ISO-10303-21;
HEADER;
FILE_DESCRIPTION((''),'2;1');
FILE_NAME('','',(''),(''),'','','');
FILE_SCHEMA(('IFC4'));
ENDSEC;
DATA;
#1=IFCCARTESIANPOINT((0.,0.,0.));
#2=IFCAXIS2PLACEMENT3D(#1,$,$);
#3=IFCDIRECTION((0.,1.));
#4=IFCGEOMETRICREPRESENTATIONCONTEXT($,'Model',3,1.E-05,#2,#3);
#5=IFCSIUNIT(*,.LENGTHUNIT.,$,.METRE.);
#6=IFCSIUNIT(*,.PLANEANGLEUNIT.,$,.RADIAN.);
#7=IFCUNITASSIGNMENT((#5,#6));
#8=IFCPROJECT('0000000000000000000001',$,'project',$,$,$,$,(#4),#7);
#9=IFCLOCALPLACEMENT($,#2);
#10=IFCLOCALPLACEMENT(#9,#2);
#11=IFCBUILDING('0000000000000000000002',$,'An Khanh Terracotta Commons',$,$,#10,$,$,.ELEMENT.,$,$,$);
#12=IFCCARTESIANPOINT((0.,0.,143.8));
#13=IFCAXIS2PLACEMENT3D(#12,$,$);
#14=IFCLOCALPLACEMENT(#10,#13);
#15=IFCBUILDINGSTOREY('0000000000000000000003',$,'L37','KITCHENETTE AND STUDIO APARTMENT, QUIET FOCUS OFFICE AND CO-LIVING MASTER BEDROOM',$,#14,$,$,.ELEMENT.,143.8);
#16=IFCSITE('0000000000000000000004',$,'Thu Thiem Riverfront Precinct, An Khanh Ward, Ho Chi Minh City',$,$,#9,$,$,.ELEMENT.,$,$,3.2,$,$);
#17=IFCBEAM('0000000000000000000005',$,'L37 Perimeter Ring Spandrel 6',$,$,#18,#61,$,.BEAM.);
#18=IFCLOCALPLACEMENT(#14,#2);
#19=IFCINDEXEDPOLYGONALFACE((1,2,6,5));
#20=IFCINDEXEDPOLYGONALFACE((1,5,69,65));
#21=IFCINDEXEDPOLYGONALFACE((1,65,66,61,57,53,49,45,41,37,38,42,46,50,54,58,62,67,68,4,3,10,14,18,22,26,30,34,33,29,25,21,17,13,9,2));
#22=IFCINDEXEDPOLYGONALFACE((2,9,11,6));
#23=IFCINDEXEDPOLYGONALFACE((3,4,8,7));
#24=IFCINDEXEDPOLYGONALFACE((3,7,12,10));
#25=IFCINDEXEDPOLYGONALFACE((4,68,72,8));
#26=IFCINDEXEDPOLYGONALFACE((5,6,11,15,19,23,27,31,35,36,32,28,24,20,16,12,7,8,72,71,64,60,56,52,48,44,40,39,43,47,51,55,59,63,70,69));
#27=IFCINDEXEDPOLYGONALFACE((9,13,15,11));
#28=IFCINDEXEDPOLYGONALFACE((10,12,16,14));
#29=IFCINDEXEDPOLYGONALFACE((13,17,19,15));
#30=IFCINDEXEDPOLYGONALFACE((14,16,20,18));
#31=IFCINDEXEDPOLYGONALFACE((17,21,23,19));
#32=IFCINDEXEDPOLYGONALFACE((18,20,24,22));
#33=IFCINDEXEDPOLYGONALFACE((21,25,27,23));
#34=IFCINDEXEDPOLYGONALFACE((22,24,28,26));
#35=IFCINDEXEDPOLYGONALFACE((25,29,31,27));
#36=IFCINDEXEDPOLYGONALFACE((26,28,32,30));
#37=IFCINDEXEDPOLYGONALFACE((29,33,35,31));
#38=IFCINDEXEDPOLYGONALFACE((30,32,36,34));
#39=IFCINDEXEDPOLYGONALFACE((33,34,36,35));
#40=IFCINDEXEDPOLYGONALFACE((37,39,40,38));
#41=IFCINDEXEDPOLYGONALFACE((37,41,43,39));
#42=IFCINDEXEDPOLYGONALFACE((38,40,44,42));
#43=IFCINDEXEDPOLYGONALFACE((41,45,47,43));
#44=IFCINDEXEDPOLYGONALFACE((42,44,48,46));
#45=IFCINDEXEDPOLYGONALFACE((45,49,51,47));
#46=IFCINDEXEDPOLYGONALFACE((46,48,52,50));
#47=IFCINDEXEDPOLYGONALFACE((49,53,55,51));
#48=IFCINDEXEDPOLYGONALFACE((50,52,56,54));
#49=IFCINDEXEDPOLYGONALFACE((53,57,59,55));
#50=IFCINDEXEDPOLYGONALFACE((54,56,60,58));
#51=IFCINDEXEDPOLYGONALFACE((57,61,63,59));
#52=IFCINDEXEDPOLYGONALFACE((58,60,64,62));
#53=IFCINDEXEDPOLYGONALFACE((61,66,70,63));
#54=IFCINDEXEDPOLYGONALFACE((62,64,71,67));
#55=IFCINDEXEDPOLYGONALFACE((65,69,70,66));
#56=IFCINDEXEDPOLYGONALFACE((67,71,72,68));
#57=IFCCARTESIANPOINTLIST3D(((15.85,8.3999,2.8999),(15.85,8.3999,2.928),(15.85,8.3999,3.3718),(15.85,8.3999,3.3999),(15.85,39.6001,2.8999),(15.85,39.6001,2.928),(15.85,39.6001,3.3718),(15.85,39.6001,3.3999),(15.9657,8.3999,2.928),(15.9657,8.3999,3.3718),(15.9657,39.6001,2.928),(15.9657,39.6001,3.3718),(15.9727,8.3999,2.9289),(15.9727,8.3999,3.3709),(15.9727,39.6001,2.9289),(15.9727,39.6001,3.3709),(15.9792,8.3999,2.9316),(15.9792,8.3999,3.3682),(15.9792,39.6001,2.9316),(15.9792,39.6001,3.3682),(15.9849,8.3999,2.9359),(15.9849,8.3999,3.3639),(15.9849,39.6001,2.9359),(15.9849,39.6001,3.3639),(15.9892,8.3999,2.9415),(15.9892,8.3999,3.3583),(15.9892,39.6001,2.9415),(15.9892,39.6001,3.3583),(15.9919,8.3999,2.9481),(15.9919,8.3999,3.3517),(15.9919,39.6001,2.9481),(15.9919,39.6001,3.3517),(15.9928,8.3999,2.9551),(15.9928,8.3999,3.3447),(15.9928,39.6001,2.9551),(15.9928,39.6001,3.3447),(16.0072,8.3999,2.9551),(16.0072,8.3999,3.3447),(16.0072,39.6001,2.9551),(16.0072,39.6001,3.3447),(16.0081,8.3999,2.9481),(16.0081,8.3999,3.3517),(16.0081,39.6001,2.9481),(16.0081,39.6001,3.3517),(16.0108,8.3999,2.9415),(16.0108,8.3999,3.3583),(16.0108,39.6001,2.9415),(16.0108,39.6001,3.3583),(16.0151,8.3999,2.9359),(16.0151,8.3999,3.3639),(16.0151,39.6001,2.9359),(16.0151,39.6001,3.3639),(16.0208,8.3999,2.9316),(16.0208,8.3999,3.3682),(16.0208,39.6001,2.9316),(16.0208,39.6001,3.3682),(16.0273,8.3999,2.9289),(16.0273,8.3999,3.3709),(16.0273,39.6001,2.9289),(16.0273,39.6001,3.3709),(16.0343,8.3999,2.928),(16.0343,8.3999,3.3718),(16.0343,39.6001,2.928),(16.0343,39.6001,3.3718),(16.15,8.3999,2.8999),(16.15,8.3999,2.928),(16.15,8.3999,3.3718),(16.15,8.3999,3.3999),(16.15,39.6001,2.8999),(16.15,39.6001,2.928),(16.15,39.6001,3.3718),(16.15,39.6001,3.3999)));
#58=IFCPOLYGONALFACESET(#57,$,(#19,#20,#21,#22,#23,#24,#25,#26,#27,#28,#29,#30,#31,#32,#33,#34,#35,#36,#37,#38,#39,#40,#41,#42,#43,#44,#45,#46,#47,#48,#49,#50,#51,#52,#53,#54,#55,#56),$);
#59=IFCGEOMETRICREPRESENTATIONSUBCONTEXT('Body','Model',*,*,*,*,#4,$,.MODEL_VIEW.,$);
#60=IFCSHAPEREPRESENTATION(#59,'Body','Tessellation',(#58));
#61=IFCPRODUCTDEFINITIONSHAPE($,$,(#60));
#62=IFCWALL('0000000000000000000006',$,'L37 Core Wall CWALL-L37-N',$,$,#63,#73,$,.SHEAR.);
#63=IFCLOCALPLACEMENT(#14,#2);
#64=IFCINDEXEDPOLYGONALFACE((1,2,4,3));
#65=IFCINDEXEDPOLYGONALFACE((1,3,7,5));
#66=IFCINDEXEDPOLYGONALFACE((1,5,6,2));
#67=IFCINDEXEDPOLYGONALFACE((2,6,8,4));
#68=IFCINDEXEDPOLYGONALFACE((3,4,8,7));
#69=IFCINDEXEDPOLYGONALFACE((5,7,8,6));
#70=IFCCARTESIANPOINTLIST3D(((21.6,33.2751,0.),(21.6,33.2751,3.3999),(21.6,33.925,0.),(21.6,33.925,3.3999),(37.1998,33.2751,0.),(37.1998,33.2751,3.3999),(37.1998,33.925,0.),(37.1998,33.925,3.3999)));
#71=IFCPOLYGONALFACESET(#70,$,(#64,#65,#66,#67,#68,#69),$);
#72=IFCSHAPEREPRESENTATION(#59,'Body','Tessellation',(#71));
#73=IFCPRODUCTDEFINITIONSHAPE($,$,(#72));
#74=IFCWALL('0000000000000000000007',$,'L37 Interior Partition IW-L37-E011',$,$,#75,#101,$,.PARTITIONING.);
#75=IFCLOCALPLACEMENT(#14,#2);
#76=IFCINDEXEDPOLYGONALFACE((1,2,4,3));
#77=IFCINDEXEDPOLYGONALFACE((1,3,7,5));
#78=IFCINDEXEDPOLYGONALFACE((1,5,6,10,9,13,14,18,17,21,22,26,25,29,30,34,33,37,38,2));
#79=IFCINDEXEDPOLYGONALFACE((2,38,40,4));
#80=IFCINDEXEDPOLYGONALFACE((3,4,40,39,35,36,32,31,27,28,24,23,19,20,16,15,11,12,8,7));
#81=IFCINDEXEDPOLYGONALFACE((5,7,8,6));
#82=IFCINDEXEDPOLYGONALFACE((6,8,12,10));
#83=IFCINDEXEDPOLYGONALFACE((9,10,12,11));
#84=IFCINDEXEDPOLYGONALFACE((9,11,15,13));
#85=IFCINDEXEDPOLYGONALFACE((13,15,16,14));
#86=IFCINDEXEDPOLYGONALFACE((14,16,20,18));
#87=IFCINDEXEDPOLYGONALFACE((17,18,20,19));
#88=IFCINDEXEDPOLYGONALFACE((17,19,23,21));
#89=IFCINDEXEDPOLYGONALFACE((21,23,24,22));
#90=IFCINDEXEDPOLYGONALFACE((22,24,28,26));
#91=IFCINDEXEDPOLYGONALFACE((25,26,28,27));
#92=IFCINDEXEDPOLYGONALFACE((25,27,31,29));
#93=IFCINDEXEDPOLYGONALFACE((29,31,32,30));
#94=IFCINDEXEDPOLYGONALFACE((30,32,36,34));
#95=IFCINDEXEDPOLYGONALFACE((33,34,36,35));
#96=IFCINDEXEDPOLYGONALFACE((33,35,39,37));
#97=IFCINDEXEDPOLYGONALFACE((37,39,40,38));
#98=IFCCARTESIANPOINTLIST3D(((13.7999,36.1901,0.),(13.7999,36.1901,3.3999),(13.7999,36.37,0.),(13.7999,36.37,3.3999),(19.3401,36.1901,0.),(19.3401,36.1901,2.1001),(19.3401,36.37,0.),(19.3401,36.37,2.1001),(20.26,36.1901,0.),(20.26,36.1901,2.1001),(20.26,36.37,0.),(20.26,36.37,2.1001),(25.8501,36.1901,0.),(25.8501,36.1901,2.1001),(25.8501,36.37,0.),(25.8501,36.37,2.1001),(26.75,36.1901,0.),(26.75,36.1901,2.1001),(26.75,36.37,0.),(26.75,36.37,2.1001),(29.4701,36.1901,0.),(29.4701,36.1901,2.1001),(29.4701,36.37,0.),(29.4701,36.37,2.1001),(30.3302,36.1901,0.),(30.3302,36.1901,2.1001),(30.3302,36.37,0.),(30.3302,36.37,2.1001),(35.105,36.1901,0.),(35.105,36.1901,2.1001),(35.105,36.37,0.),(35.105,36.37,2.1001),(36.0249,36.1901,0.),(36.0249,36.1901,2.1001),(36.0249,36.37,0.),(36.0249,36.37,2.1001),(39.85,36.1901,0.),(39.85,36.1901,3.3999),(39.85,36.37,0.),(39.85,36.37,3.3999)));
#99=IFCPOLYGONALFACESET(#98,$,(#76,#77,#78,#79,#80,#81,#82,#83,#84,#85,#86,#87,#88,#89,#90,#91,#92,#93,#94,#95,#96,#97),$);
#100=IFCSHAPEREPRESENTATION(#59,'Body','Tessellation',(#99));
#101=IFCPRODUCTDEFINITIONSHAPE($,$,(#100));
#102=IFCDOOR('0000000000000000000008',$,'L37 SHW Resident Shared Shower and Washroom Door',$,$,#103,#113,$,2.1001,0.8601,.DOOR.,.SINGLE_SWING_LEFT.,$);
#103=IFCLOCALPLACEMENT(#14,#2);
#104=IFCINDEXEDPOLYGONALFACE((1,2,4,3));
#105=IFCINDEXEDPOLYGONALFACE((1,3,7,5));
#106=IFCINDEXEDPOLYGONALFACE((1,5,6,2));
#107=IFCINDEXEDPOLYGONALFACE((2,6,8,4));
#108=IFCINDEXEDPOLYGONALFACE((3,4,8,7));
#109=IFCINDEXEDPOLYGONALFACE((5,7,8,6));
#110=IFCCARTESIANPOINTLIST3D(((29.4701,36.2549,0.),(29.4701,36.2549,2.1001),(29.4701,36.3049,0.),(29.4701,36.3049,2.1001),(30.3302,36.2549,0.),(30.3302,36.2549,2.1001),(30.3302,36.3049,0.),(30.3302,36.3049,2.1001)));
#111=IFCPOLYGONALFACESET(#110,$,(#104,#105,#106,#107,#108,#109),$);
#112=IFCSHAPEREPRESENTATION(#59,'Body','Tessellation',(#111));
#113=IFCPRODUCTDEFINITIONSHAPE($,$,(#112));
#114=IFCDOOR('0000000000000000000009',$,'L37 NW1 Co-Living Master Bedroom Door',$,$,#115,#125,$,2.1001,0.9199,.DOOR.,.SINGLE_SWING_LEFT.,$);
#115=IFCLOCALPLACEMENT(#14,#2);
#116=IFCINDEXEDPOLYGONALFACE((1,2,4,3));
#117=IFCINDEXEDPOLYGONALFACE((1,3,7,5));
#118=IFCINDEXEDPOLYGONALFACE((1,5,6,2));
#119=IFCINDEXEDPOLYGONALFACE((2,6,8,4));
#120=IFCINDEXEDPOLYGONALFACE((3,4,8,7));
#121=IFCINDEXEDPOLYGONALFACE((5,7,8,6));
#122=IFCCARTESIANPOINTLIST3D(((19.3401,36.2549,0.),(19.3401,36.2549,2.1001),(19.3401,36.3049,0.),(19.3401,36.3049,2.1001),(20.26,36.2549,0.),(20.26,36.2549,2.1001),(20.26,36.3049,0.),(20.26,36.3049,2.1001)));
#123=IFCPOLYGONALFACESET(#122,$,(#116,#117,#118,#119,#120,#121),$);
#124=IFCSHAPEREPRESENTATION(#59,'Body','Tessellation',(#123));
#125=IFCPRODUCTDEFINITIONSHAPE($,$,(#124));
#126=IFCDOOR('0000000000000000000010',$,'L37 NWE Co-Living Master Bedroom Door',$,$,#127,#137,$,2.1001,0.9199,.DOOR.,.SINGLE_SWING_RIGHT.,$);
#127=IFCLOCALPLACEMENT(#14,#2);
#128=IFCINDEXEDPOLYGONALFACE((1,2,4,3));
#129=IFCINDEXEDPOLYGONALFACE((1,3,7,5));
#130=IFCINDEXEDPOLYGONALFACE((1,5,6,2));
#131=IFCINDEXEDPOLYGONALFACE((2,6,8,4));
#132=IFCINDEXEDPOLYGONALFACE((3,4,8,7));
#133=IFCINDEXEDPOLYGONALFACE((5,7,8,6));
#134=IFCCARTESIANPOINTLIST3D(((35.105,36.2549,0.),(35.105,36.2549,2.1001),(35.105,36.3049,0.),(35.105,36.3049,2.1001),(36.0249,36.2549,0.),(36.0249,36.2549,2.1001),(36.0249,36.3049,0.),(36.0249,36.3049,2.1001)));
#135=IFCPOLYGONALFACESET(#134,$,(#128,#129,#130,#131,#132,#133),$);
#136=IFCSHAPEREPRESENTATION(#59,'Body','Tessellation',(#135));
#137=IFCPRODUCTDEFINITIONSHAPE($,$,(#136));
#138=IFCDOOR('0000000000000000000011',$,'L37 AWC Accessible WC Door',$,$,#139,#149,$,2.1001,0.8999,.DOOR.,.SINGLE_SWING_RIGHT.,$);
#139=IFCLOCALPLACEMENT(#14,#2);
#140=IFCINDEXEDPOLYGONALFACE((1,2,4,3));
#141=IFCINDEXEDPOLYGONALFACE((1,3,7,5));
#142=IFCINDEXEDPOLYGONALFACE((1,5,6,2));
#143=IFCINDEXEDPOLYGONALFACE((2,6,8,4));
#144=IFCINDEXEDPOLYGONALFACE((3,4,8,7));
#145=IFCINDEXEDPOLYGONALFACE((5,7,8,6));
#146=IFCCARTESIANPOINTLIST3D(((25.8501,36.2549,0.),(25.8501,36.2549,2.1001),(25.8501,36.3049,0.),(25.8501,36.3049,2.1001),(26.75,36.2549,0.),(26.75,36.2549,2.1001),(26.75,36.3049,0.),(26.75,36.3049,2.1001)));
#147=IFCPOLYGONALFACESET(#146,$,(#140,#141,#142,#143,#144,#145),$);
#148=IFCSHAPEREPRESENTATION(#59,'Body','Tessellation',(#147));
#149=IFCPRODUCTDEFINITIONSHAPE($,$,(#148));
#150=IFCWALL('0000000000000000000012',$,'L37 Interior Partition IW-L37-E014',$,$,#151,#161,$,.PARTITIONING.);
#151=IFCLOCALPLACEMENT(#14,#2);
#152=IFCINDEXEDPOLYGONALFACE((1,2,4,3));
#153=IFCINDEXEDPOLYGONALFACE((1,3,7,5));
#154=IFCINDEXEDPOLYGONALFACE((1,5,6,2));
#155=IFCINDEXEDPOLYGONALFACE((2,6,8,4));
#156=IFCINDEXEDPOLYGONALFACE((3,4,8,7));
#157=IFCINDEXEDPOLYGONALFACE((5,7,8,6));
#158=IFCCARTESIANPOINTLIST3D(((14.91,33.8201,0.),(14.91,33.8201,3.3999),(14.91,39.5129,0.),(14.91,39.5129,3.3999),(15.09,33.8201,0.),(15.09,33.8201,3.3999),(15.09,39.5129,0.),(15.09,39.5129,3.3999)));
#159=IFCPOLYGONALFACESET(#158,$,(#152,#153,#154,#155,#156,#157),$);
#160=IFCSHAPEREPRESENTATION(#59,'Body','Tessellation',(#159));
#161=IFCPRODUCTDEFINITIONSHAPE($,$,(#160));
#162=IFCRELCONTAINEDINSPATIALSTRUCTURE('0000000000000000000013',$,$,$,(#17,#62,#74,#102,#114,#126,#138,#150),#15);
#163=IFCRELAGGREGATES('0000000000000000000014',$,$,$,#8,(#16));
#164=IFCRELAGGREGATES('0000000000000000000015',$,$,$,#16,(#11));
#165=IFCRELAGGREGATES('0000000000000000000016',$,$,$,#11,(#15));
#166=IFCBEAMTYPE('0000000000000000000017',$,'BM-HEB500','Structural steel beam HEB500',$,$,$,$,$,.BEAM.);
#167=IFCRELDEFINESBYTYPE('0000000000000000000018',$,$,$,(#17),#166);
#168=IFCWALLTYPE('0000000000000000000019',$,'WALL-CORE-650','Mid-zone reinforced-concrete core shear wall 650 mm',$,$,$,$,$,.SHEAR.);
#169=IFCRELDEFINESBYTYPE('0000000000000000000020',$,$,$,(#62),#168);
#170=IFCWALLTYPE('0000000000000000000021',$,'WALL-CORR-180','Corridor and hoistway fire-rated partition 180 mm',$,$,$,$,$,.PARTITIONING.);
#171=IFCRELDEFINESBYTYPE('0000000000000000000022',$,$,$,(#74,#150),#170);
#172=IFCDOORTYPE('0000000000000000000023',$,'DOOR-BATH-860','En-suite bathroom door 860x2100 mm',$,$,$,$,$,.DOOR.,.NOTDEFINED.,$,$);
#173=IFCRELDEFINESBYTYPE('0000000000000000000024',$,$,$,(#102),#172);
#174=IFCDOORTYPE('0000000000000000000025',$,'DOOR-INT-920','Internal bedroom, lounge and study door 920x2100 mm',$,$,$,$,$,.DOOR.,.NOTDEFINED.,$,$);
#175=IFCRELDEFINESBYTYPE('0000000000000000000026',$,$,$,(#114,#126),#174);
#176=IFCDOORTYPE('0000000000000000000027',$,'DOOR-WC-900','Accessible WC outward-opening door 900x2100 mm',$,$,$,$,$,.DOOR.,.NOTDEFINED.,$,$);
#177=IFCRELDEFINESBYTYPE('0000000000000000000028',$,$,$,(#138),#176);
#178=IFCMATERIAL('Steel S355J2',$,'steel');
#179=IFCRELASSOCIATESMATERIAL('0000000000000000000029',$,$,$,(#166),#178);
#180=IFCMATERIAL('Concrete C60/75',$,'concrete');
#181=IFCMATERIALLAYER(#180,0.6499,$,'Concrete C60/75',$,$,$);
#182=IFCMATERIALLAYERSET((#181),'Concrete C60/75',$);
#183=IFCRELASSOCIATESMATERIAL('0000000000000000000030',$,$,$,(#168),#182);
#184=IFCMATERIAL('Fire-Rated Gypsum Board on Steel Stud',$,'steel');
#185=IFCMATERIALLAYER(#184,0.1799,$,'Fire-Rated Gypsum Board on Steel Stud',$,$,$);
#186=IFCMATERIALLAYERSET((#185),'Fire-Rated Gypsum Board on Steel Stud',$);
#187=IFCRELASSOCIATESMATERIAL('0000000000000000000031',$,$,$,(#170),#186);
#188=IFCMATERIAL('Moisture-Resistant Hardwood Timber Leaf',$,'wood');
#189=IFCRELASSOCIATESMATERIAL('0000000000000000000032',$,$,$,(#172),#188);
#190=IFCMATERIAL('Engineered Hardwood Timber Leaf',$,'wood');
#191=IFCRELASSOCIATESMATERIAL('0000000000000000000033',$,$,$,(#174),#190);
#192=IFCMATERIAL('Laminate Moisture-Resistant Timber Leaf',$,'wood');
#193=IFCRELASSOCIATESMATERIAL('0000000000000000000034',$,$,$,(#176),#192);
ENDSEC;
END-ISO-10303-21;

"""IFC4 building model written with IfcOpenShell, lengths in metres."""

from ifc_helpers import new_model, si_unit, direction, frame, frame_2d, origin, origin_2d, place, context, subcontext, project, spatial, rectangle, i_section, extrude, material, layer, layer_set, material_profile, profile_set, type_object, element, fill, save


model = new_model("IFC4")

# Units and contexts
model_context = context("Model", 3, precision=1e-05, world=origin(), true_north=direction((0.0, 1.0)))
body_context = subcontext(model_context, "Body", "Model", "MODEL_VIEW")
ifc_project = project(units=[si_unit("LENGTHUNIT", "METRE"), si_unit("PLANEANGLEUNIT", "RADIAN")], contexts=[model_context])

# Site, building, storey
site_placement = place(None, origin())
site = spatial("IfcSite", under=ifc_project, at=site_placement, Name="Thu Thiem Riverfront Precinct, An Khanh Ward, Ho Chi Minh City", CompositionType="ELEMENT", RefElevation=3.2)
building_placement = place(site_placement, origin())
building = spatial("IfcBuilding", under=site, at=building_placement, Name="An Khanh Terracotta Commons", CompositionType="ELEMENT")
storey_placement = place(building_placement, frame((0.0, 0.0, 143.8)))
storey = spatial("IfcBuildingStorey", under=building, at=storey_placement, Name="L37", Description="KITCHENETTE AND STUDIO APARTMENT, QUIET FOCUS OFFICE AND CO-LIVING MASTER BEDROOM", CompositionType="ELEMENT", Elevation=143.8)

# Shared definitions
ifc_material_1 = material(Name="Concrete C60/75", Category="concrete")

# Beam
ifc_material_2 = material(Name="Steel S355J2", Category="steel")
ifc_material_profile_1 = material_profile(ifc_material_2, i_section(OverallWidth=0.3, OverallDepth=0.5, WebThickness=0.0144, FlangeThickness=0.0281, FilletRadius=0.0271, at=origin_2d()), Name="HEB500")
ifc_profile_set_1 = profile_set([ifc_material_profile_1], Name="Steel S355J2")
beam_type_1 = type_object("IfcBeamType", Name="BM-HEB500", Description="Structural steel beam HEB500", PredefinedType="BEAM", material=ifc_profile_set_1)
beam_1_placement = place(storey_placement, frame((16.0, 39.6001, 3.1499), z_axis=(0.0, -1.0, 0.0), x_axis=(1.0, 0.0, 0.0)))
element("IfcBeam", 1, at=beam_1_placement, inside=storey, type_object=beam_type_1, Name="L37 Perimeter Ring Spandrel 6", PredefinedType="BEAM", context=body_context, shape_type="SweptSolid", body=[
    extrude(i_section(OverallWidth=0.3, OverallDepth=0.5, WebThickness=0.0144, FlangeThickness=0.0281, FilletRadius=0.0271, at=origin_2d()), origin(), (0.0, 0.0, 1.0), 31.2002),
])

# Wall
ifc_layer_1 = layer(ifc_material_1, 0.6499, Name="Concrete C60/75")
ifc_layer_set_1 = layer_set([ifc_layer_1], Name="Concrete C60/75")
wall_type_1 = type_object("IfcWallType", Name="WALL-CORE-650", Description="Mid-zone reinforced-concrete core shear wall 650 mm", PredefinedType="SHEAR", material=ifc_layer_set_1)
wall_1_placement = place(storey_placement, frame((21.6001, 33.6001, 0.0), z_axis=(0.0, 0.0, 1.0), x_axis=(1.0, 0.0, 0.0)))
element("IfcWall", 2, at=wall_1_placement, inside=storey, type_object=wall_type_1, Name="L37 Core Wall CWALL-L37-N", PredefinedType="SHEAR", context=body_context, shape_type="SweptSolid", body=[
    extrude(rectangle(XDim=15.5999, YDim=0.6499, at=frame_2d((7.7998, 0.0))), origin(), (0.0, 0.0, 1.0), 3.3999),
])

# Wall, openings, doors
ifc_material_3 = material(Name="Fire-Rated Gypsum Board on Steel Stud", Category="steel")
ifc_layer_2 = layer(ifc_material_3, 0.1799, Name="Fire-Rated Gypsum Board on Steel Stud")
ifc_layer_set_2 = layer_set([ifc_layer_2], Name="Fire-Rated Gypsum Board on Steel Stud")
wall_type_2 = type_object("IfcWallType", Name="WALL-CORR-180", Description="Corridor and hoistway fire-rated partition 180 mm", PredefinedType="PARTITIONING", material=ifc_layer_set_2)
wall_2_placement = place(storey_placement, frame((13.8, 36.28, 0.0), z_axis=(0.0, 0.0, 1.0), x_axis=(1.0, 0.0, 0.0)))
wall_2 = element("IfcWall", 3, at=wall_2_placement, inside=storey, type_object=wall_type_2, Name="L37 Interior Partition IW-L37-E011", PredefinedType="PARTITIONING", context=body_context, shape_type="SweptSolid", body=[
    extrude(rectangle(XDim=26.05, YDim=0.1799, at=frame_2d((13.0249, 0.0))), origin(), (0.0, 0.0, 1.0), 3.3999),
])
opening_1_placement = place(wall_2_placement, frame((12.05, 0.0, 0.0)))
opening_1 = element("IfcOpeningElement", 4, at=opening_1_placement, cuts=wall_2, PredefinedType="OPENING", context=body_context, shape_type="SweptSolid", body=[
    extrude(rectangle(XDim=0.8999, YDim=2.1001, at=frame_2d((0.45, 1.05))), frame((0.0, 0.0999, 0.0), z_axis=(0.0, -1.0, 0.0), x_axis=(1.0, 0.0, 0.0)), (0.0, 0.0, 1.0), 0.2),
])
opening_2_placement = place(wall_2_placement, frame((15.6699, 0.0, 0.0)))
opening_2 = element("IfcOpeningElement", 5, at=opening_2_placement, cuts=wall_2, PredefinedType="OPENING", context=body_context, shape_type="SweptSolid", body=[
    extrude(rectangle(XDim=0.8601, YDim=2.1001, at=frame_2d((0.4302, 1.05))), frame((0.0, 0.0999, 0.0), z_axis=(0.0, -1.0, 0.0), x_axis=(1.0, 0.0, 0.0)), (0.0, 0.0, 1.0), 0.2),
])
opening_3_placement = place(wall_2_placement, frame((5.54, 0.0, 0.0)))
opening_3 = element("IfcOpeningElement", 6, at=opening_3_placement, cuts=wall_2, PredefinedType="OPENING", context=body_context, shape_type="SweptSolid", body=[
    extrude(rectangle(XDim=0.9199, YDim=2.1001, at=frame_2d((0.46, 1.05))), frame((0.0, 0.0999, 0.0), z_axis=(0.0, -1.0, 0.0), x_axis=(1.0, 0.0, 0.0)), (0.0, 0.0, 1.0), 0.2),
])
opening_4_placement = place(wall_2_placement, frame((21.3049, 0.0, 0.0)))
opening_4 = element("IfcOpeningElement", 7, at=opening_4_placement, cuts=wall_2, PredefinedType="OPENING", context=body_context, shape_type="SweptSolid", body=[
    extrude(rectangle(XDim=0.9199, YDim=2.1001, at=frame_2d((0.46, 1.05))), frame((0.0, 0.0999, 0.0), z_axis=(0.0, -1.0, 0.0), x_axis=(1.0, 0.0, 0.0)), (0.0, 0.0, 1.0), 0.2),
])
ifc_material_4 = material(Name="Moisture-Resistant Hardwood Timber Leaf", Category="wood")
door_type_1 = type_object("IfcDoorType", Name="DOOR-BATH-860", Description="En-suite bathroom door 860x2100 mm", OperationType="NOTDEFINED", PredefinedType="DOOR", material=ifc_material_4)
door_1_placement = place(opening_2_placement, origin())
door_1 = element("IfcDoor", 8, at=door_1_placement, inside=storey, type_object=door_type_1, Name="L37 SHW Resident Shared Shower and Washroom Door", OperationType="SINGLE_SWING_LEFT", OverallHeight=2.1001, OverallWidth=0.8601, PredefinedType="DOOR", context=body_context, shape_type="SweptSolid", body=[
    extrude(rectangle(XDim=0.8601, YDim=2.1001, at=frame_2d((0.4302, 1.05))), frame((0.0, 0.0249, 0.0), z_axis=(0.0, -1.0, 0.0), x_axis=(1.0, 0.0, 0.0)), (0.0, 0.0, 1.0), 0.05),
])
fill(opening_2, door_1)
ifc_material_5 = material(Name="Engineered Hardwood Timber Leaf", Category="wood")
door_type_2 = type_object("IfcDoorType", Name="DOOR-INT-920", Description="Internal bedroom, lounge and study door 920x2100 mm", OperationType="NOTDEFINED", PredefinedType="DOOR", material=ifc_material_5)
door_2_placement = place(opening_3_placement, origin())
door_2 = element("IfcDoor", 9, at=door_2_placement, inside=storey, type_object=door_type_2, Name="L37 NW1 Co-Living Master Bedroom Door", OperationType="SINGLE_SWING_LEFT", OverallHeight=2.1001, OverallWidth=0.9199, PredefinedType="DOOR", context=body_context, shape_type="SweptSolid", body=[
    extrude(rectangle(XDim=0.9199, YDim=2.1001, at=frame_2d((0.46, 1.05))), frame((0.0, 0.0249, 0.0), z_axis=(0.0, -1.0, 0.0), x_axis=(1.0, 0.0, 0.0)), (0.0, 0.0, 1.0), 0.05),
])
fill(opening_3, door_2)
door_3_placement = place(opening_4_placement, origin())
door_3 = element("IfcDoor", 10, at=door_3_placement, inside=storey, type_object=door_type_2, Name="L37 NWE Co-Living Master Bedroom Door", OperationType="SINGLE_SWING_RIGHT", OverallHeight=2.1001, OverallWidth=0.9199, PredefinedType="DOOR", context=body_context, shape_type="SweptSolid", body=[
    extrude(rectangle(XDim=0.9199, YDim=2.1001, at=frame_2d((0.46, 1.05))), frame((0.0, 0.0249, 0.0), z_axis=(0.0, -1.0, 0.0), x_axis=(1.0, 0.0, 0.0)), (0.0, 0.0, 1.0), 0.05),
])
fill(opening_4, door_3)
ifc_material_6 = material(Name="Laminate Moisture-Resistant Timber Leaf", Category="wood")
door_type_3 = type_object("IfcDoorType", Name="DOOR-WC-900", Description="Accessible WC outward-opening door 900x2100 mm", OperationType="NOTDEFINED", PredefinedType="DOOR", material=ifc_material_6)
door_4_placement = place(opening_1_placement, origin())
door_4 = element("IfcDoor", 11, at=door_4_placement, inside=storey, type_object=door_type_3, Name="L37 AWC Accessible WC Door", OperationType="SINGLE_SWING_RIGHT", OverallHeight=2.1001, OverallWidth=0.8999, PredefinedType="DOOR", context=body_context, shape_type="SweptSolid", body=[
    extrude(rectangle(XDim=0.8999, YDim=2.1001, at=frame_2d((0.45, 1.05))), frame((0.0, 0.0249, 0.0), z_axis=(0.0, -1.0, 0.0), x_axis=(1.0, 0.0, 0.0)), (0.0, 0.0, 1.0), 0.05),
])
fill(opening_1, door_4)

# Wall
wall_3_placement = place(storey_placement, frame((15.0, 33.8201, 0.0), z_axis=(0.0, 0.0, 1.0), x_axis=(0.0, 1.0, 0.0)))
element("IfcWall", 12, at=wall_3_placement, inside=storey, type_object=wall_type_2, Name="L37 Interior Partition IW-L37-E014", PredefinedType="PARTITIONING", context=body_context, shape_type="SweptSolid", body=[
    extrude(rectangle(XDim=5.6929, YDim=0.1799, at=frame_2d((2.8464, 0.0))), origin(), (0.0, 0.0, 1.0), 3.3999),
])

save(model, "model.ifc")
